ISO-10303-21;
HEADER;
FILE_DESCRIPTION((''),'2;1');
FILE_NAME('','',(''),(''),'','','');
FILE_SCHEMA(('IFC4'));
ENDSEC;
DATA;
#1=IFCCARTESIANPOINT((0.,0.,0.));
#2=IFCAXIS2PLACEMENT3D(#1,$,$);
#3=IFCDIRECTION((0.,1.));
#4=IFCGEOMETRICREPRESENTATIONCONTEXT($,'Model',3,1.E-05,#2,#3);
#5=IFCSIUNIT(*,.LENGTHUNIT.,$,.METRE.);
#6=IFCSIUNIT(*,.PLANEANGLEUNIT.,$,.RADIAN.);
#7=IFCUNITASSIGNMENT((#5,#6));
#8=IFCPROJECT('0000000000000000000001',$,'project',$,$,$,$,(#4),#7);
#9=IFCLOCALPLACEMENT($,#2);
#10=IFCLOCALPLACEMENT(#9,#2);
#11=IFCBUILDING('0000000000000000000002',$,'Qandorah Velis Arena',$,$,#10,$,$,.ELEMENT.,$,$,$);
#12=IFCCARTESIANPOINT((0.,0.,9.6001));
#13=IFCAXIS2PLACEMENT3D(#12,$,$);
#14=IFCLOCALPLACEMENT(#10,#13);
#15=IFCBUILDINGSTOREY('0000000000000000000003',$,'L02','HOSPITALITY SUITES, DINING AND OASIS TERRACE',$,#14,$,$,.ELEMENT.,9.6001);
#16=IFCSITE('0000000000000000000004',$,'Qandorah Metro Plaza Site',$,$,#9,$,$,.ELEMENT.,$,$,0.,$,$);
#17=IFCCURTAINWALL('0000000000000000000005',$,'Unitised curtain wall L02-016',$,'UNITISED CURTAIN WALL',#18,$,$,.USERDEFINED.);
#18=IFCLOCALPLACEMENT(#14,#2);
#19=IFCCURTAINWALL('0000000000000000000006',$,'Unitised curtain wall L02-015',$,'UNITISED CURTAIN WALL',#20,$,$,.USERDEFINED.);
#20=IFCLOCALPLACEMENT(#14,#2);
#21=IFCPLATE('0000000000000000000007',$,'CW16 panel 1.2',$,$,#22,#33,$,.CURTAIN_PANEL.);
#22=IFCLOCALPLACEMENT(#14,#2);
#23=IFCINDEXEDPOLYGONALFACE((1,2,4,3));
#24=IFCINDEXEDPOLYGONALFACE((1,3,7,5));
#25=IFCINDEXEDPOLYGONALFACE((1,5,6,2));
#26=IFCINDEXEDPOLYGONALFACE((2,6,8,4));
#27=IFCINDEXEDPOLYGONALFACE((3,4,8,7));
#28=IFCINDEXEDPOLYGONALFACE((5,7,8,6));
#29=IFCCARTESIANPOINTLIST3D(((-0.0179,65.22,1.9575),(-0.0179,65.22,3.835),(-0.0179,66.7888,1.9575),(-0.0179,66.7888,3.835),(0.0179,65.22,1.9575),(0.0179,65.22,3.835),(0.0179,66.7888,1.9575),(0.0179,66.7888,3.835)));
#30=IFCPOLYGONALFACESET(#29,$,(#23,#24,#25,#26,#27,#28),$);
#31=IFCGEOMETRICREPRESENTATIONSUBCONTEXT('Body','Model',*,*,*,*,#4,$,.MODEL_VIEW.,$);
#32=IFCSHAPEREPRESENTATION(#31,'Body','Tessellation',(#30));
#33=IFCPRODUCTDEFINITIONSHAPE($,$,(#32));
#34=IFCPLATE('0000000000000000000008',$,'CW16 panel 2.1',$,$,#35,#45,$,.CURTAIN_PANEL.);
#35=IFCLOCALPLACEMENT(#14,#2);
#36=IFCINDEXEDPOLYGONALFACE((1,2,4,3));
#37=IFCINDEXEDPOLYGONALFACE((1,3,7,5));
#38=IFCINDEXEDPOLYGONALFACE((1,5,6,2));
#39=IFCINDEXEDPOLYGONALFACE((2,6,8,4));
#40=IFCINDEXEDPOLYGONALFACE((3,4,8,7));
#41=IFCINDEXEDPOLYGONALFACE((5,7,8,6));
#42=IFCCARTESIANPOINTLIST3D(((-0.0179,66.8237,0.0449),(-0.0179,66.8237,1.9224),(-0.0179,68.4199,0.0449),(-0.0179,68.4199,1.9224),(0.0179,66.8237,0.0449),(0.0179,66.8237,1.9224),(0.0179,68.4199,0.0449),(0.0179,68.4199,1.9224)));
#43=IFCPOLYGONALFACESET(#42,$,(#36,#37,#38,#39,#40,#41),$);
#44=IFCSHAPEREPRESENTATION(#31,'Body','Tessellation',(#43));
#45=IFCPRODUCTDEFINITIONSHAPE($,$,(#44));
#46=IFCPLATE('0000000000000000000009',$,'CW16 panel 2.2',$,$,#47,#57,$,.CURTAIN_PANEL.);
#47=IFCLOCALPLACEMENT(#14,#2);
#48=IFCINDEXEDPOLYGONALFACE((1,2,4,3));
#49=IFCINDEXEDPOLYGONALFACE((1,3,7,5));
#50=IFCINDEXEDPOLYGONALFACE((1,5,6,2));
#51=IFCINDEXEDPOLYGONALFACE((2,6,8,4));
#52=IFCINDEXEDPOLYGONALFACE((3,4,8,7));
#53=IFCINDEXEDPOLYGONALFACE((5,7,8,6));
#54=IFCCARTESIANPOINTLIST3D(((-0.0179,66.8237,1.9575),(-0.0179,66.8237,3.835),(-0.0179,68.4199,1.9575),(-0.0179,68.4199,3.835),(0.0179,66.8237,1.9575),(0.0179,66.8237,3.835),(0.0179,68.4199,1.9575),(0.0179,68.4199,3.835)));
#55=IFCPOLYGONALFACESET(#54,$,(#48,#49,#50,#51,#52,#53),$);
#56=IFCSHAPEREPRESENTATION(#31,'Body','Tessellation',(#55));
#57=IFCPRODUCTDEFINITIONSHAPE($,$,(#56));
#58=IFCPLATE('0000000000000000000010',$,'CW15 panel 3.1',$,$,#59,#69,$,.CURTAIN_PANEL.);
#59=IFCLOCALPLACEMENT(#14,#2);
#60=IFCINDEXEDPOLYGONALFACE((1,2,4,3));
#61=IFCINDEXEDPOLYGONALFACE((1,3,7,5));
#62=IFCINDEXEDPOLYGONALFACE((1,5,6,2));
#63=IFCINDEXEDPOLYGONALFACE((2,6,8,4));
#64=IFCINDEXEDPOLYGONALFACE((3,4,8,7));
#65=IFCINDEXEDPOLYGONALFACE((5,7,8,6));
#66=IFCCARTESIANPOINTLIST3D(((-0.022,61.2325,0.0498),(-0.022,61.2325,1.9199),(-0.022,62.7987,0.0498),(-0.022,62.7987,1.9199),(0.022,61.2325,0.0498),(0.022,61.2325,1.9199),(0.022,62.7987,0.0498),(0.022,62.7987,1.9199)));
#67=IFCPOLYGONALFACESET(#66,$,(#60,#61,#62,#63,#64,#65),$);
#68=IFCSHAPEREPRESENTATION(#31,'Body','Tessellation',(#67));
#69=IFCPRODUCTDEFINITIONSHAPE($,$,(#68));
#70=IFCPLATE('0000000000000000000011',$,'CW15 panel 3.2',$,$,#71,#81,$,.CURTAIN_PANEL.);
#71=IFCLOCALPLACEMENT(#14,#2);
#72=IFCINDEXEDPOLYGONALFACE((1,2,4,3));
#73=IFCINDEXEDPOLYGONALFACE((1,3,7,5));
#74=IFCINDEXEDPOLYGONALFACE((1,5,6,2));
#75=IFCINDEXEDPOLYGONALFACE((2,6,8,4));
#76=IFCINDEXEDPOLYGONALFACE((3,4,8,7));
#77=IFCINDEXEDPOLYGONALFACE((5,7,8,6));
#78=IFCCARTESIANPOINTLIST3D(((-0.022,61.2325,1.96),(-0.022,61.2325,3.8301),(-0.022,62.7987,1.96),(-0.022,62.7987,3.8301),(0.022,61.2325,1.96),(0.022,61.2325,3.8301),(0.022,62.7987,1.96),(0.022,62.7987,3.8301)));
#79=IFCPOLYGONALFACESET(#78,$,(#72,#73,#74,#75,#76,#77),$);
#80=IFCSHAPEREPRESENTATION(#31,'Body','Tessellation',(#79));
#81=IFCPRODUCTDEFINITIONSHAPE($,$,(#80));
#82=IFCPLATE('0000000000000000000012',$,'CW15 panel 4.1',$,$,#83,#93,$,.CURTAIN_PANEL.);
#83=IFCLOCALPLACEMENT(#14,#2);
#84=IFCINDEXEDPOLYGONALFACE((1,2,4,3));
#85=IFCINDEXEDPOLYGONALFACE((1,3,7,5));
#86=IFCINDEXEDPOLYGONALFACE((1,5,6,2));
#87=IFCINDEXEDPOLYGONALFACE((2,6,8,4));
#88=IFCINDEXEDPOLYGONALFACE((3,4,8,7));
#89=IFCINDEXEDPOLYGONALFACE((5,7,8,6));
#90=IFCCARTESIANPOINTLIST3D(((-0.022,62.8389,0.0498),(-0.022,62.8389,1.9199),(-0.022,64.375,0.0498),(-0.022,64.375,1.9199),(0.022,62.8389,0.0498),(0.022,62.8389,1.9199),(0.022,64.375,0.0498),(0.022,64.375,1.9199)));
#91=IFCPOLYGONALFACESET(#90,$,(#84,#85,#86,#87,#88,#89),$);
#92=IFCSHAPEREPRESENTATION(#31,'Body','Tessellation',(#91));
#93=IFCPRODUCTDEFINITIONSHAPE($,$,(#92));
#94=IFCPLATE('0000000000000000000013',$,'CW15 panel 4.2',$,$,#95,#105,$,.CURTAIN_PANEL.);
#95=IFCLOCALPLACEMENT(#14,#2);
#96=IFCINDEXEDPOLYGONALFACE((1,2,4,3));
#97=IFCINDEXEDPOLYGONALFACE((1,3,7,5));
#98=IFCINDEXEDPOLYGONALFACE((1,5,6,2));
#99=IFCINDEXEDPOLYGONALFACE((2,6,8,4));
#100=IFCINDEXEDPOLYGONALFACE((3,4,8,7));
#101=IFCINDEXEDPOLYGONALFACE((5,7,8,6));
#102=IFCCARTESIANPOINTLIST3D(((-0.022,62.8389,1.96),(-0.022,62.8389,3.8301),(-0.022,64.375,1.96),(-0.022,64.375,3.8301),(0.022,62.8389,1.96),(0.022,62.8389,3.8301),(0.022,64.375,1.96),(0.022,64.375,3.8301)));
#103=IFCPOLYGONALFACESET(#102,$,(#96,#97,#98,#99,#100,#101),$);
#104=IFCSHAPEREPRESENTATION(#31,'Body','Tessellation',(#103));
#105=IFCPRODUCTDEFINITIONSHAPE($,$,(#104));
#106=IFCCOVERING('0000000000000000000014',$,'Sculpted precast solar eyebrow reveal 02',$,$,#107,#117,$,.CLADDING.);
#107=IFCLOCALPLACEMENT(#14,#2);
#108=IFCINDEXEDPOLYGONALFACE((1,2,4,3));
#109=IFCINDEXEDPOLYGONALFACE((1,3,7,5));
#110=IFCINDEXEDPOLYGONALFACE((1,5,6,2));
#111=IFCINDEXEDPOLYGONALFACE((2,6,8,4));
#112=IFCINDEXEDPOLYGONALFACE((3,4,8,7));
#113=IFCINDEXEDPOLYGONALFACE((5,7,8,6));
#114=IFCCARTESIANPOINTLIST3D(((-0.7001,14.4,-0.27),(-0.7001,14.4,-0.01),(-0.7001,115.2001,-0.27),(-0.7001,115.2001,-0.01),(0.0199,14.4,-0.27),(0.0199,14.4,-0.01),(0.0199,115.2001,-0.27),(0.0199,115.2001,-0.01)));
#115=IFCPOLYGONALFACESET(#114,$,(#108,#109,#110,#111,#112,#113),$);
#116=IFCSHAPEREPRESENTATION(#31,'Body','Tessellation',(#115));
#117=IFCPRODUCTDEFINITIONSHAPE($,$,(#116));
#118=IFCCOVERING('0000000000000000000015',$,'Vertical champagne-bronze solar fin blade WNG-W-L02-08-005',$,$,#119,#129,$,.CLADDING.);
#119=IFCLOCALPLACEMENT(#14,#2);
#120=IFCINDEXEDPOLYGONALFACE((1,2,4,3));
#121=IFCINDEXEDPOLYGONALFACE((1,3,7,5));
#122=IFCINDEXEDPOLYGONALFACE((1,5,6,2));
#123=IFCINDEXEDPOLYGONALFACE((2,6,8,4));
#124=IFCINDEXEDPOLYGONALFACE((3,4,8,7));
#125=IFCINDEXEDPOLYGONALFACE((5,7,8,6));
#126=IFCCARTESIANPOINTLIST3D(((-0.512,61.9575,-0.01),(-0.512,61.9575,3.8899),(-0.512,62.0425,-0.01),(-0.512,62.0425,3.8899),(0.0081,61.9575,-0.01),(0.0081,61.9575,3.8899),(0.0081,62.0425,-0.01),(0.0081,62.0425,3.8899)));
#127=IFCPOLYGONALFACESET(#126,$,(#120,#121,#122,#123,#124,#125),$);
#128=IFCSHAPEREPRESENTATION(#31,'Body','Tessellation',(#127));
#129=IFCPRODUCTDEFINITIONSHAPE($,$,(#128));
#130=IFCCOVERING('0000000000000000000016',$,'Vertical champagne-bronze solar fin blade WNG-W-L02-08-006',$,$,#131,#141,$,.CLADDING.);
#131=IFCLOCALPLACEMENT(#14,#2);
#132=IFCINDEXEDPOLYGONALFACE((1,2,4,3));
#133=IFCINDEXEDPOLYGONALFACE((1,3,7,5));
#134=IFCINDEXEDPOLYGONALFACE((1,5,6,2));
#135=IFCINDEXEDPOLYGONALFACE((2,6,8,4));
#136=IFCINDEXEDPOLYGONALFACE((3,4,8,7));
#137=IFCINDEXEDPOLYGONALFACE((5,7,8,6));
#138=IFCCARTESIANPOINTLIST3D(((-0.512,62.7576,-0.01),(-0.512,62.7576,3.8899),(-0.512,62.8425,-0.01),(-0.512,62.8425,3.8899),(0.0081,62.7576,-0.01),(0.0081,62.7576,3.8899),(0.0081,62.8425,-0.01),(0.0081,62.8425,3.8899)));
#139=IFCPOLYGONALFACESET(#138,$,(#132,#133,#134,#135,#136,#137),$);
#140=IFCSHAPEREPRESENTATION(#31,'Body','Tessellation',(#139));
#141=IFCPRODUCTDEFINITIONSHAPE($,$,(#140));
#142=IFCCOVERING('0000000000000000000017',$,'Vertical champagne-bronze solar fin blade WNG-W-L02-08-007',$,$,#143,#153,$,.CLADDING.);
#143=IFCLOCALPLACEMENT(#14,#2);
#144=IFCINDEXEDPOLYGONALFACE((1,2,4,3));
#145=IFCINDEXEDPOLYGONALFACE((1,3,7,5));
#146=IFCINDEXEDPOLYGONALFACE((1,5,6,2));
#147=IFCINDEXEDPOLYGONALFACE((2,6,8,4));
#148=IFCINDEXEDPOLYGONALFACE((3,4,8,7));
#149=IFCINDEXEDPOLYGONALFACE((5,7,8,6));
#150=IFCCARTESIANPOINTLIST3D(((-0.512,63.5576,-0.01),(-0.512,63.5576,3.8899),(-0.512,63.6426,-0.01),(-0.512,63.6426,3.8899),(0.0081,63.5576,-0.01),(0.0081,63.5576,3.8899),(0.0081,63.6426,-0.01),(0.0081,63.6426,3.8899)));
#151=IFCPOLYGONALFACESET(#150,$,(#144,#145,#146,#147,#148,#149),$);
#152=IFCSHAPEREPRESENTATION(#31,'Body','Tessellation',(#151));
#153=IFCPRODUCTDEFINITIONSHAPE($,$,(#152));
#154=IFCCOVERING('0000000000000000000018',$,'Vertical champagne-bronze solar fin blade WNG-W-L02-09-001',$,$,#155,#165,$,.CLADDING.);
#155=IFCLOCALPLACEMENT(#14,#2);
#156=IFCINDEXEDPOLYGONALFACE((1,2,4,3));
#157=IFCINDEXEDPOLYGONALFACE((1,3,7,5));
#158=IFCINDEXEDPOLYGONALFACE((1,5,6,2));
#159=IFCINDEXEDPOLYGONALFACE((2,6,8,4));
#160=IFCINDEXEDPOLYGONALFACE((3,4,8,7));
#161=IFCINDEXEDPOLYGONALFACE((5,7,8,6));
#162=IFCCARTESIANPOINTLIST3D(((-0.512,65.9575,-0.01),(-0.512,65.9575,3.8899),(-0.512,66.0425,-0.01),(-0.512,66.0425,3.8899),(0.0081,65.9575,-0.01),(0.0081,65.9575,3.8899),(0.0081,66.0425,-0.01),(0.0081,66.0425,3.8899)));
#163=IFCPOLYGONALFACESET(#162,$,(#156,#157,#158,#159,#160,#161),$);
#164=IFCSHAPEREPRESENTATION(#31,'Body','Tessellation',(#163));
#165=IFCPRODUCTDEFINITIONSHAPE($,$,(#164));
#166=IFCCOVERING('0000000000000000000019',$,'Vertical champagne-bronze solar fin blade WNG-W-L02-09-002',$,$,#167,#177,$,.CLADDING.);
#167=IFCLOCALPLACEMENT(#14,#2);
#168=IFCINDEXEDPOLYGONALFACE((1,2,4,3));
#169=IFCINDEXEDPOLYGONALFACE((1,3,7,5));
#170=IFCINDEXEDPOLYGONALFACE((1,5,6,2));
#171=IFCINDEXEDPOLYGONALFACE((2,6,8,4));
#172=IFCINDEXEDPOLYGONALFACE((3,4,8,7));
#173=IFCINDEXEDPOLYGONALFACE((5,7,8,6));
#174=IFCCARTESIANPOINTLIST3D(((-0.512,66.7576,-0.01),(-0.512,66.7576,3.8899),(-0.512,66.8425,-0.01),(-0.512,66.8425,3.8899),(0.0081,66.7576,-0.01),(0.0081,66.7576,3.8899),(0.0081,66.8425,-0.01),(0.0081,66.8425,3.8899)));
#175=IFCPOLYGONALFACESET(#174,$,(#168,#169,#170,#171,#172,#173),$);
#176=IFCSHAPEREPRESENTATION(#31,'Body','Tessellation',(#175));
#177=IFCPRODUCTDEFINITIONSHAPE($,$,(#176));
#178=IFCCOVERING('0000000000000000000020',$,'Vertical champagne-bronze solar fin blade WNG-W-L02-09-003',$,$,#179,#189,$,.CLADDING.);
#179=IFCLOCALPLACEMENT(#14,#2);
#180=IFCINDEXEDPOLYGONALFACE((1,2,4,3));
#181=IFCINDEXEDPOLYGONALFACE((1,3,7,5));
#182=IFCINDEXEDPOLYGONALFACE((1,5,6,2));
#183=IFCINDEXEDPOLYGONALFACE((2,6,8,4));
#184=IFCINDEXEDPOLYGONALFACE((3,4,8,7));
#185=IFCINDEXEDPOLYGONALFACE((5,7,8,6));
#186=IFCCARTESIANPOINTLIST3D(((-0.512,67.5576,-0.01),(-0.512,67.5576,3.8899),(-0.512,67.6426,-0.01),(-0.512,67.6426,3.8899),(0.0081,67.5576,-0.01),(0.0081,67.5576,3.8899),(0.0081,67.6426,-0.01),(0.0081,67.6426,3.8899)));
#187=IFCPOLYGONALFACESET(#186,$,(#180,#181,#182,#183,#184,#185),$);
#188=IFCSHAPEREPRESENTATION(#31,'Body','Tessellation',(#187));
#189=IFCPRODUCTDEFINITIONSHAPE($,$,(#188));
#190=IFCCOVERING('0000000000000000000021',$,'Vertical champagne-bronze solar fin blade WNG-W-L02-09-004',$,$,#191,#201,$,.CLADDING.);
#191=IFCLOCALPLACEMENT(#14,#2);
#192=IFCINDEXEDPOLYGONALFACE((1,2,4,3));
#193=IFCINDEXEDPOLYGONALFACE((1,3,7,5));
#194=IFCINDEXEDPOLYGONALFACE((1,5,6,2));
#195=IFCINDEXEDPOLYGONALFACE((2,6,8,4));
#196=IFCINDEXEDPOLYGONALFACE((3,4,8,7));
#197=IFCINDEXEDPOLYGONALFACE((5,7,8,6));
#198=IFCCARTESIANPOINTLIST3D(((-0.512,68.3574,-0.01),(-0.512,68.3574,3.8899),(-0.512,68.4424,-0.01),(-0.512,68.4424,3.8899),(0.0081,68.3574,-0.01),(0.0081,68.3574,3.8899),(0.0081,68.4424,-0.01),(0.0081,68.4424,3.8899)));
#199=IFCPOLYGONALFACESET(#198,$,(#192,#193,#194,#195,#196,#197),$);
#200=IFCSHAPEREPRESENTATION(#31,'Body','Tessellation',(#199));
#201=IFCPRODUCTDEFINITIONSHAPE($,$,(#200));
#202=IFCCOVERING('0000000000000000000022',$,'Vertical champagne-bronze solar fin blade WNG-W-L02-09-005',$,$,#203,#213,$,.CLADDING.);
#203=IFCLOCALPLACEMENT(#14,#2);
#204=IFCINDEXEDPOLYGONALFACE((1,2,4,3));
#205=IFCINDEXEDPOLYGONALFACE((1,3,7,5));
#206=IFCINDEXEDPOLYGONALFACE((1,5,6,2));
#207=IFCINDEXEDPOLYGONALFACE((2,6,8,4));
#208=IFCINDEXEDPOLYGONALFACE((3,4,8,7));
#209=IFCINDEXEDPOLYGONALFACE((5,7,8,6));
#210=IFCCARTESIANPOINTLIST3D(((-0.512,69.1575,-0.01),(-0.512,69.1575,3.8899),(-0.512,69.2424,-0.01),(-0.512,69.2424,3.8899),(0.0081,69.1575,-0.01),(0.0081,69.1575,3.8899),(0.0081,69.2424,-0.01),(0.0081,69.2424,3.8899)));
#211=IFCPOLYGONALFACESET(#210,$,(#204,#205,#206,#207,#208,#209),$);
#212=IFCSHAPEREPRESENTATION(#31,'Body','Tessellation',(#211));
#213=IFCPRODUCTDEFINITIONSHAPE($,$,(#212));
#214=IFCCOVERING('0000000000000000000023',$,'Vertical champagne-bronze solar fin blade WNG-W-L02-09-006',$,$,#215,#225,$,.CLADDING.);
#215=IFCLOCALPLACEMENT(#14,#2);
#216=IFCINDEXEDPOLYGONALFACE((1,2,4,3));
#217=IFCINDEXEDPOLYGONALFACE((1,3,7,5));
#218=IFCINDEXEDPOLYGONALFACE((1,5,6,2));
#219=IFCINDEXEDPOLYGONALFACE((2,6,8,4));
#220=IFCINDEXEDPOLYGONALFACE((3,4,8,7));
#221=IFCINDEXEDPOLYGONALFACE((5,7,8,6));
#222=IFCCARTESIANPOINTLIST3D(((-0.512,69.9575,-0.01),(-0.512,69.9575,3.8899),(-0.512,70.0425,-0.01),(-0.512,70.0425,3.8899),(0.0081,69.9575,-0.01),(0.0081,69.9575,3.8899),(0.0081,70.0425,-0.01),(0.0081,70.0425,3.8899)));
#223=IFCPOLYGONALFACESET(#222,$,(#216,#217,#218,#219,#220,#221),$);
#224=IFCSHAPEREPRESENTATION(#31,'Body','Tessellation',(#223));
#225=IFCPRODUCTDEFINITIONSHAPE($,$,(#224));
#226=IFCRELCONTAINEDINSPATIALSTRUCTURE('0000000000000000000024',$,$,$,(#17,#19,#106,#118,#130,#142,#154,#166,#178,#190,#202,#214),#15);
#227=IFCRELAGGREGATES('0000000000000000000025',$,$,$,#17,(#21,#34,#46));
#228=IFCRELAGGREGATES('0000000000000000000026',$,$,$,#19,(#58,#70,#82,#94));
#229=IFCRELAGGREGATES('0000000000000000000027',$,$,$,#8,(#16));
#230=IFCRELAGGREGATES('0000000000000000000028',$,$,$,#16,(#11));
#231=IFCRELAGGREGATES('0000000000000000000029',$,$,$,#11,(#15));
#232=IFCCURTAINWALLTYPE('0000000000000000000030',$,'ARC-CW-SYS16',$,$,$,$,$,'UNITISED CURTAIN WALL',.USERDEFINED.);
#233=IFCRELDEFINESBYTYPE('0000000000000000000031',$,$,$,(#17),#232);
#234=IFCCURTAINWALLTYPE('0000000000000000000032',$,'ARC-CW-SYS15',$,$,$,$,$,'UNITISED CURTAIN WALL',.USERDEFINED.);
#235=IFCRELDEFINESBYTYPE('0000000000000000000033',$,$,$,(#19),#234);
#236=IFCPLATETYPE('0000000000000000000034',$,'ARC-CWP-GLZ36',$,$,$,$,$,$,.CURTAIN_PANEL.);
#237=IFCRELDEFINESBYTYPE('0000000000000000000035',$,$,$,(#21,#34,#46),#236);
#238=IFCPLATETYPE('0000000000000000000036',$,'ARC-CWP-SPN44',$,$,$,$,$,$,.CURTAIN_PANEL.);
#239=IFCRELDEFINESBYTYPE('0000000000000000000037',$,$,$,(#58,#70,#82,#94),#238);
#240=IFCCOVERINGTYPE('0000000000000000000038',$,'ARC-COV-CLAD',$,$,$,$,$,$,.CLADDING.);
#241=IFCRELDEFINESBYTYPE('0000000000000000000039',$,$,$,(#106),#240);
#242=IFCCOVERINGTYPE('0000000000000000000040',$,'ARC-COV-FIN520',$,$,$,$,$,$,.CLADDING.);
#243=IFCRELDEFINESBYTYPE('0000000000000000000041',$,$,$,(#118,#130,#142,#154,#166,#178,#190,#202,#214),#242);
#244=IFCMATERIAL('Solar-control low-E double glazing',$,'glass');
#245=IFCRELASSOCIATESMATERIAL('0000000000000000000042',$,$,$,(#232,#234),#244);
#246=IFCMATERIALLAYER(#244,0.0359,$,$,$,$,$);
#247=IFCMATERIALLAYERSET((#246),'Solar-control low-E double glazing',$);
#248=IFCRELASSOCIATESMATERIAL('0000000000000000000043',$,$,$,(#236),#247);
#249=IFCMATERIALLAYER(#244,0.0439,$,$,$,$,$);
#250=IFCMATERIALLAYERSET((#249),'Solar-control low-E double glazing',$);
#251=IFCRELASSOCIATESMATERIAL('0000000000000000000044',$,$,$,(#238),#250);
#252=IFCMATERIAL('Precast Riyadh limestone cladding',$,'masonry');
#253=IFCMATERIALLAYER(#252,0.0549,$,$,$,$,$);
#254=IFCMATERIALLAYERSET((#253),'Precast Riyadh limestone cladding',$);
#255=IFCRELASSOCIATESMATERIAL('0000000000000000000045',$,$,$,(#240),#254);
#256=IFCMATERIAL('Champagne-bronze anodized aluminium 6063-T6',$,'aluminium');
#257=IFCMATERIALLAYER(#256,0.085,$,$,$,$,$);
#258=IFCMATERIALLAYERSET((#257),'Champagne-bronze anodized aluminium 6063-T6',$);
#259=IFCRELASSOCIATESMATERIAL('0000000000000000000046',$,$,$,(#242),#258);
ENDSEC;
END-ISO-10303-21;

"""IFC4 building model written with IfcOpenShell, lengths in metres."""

from ifc_helpers import new_model, si_unit, direction, frame, origin, origin_2d, place, context, subcontext, project, spatial, rectangle, extrude, material, layer, layer_set, type_object, element, aggregate, save


model = new_model("IFC4")

# Units and contexts
model_context = context("Model", 3, precision=1e-05, world=origin(), true_north=direction((0.0, 1.0)))
body_context = subcontext(model_context, "Body", "Model", "MODEL_VIEW")
ifc_project = project(units=[si_unit("LENGTHUNIT", "METRE"), si_unit("PLANEANGLEUNIT", "RADIAN")], contexts=[model_context])

# Site, building, storey
site_placement = place(None, origin())
site = spatial("IfcSite", under=ifc_project, at=site_placement, Name="Qandorah Metro Plaza Site", CompositionType="ELEMENT", RefElevation=0.0)
building_placement = place(site_placement, origin())
building = spatial("IfcBuilding", under=site, at=building_placement, Name="Qandorah Velis Arena", CompositionType="ELEMENT")
storey_placement = place(building_placement, frame((0.0, 0.0, 9.6001)))
storey = spatial("IfcBuildingStorey", under=building, at=storey_placement, Name="L02", Description="HOSPITALITY SUITES, DINING AND OASIS TERRACE", CompositionType="ELEMENT", Elevation=9.6001)

# Curtain walls
ifc_material_1 = material(Name="Solar-control low-E double glazing", Category="glass")
curtain_wall_type_1 = type_object("IfcCurtainWallType", Name="ARC-CW-SYS16", ElementType="UNITISED CURTAIN WALL", PredefinedType="USERDEFINED", material=ifc_material_1)
curtain_wall_1_placement = place(storey_placement, origin())
curtain_wall_1 = element("IfcCurtainWall", 1, at=curtain_wall_1_placement, inside=storey, type_object=curtain_wall_type_1, Name="Unitised curtain wall L02-016", ObjectType="UNITISED CURTAIN WALL", PredefinedType="USERDEFINED")
ifc_material_2 = material(Name="Champagne-bronze anodized aluminium 6063-T6", Category="aluminium")
curtain_wall_type_2 = type_object("IfcCurtainWallType", Name="ARC-CW-SYS15", ElementType="UNITISED CURTAIN WALL", PredefinedType="USERDEFINED", material=ifc_material_1)
curtain_wall_2_placement = place(storey_placement, origin())
curtain_wall_2 = element("IfcCurtainWall", 2, at=curtain_wall_2_placement, inside=storey, type_object=curtain_wall_type_2, Name="Unitised curtain wall L02-015", ObjectType="UNITISED CURTAIN WALL", PredefinedType="USERDEFINED")

# Plates
ifc_layer_1 = layer(ifc_material_1, 0.0359)
ifc_layer_set_1 = layer_set([ifc_layer_1], Name="Solar-control low-E double glazing")
plate_type_1 = type_object("IfcPlateType", Name="ARC-CWP-GLZ36", PredefinedType="CURTAIN_PANEL", material=ifc_layer_set_1)
plate_1_placement = place(storey_placement, frame((0.0, 66.0044, 1.9575), z_axis=(0.0, 0.0, 1.0), x_axis=(0.0, 1.0, 0.0)))
plate_1 = element("IfcPlate", 3, at=plate_1_placement, type_object=plate_type_1, Name="CW16 panel 1.2", PredefinedType="CURTAIN_PANEL", context=body_context, shape_type="SweptSolid", body=[
    extrude(rectangle(XDim=1.5688, YDim=0.0359, at=origin_2d()), origin(), (0.0, 0.0, 1.0), 1.8774),
])
plate_2_placement = place(storey_placement, frame((0.0, 67.6218, 0.0449), z_axis=(0.0, 0.0, 1.0), x_axis=(0.0, 1.0, 0.0)))
plate_2 = element("IfcPlate", 4, at=plate_2_placement, type_object=plate_type_1, Name="CW16 panel 2.1", PredefinedType="CURTAIN_PANEL", context=body_context, shape_type="SweptSolid", body=[
    extrude(rectangle(XDim=1.5962, YDim=0.0359, at=origin_2d()), origin(), (0.0, 0.0, 1.0), 1.8774),
])
plate_3_placement = place(storey_placement, frame((0.0, 67.6218, 1.9575), z_axis=(0.0, 0.0, 1.0), x_axis=(0.0, 1.0, 0.0)))
plate_3 = element("IfcPlate", 5, at=plate_3_placement, type_object=plate_type_1, Name="CW16 panel 2.2", PredefinedType="CURTAIN_PANEL", context=body_context, shape_type="SweptSolid", body=[
    extrude(rectangle(XDim=1.5962, YDim=0.0359, at=origin_2d()), origin(), (0.0, 0.0, 1.0), 1.8774),
])
aggregate(curtain_wall_1, [plate_1, plate_2, plate_3])
ifc_layer_2 = layer(ifc_material_1, 0.0439)
ifc_layer_set_2 = layer_set([ifc_layer_2], Name="Solar-control low-E double glazing")
plate_type_2 = type_object("IfcPlateType", Name="ARC-CWP-SPN44", PredefinedType="CURTAIN_PANEL", material=ifc_layer_set_2)
plate_4_placement = place(storey_placement, frame((0.0, 62.0156, 0.0498), z_axis=(0.0, 0.0, 1.0), x_axis=(0.0, 1.0, 0.0)))
plate_4 = element("IfcPlate", 6, at=plate_4_placement, type_object=plate_type_2, Name="CW15 panel 3.1", PredefinedType="CURTAIN_PANEL", context=body_context, shape_type="SweptSolid", body=[
    extrude(rectangle(XDim=1.5662, YDim=0.0439, at=origin_2d()), origin(), (0.0, 0.0, 1.0), 1.8701),
])
plate_5_placement = place(storey_placement, frame((0.0, 62.0156, 1.96), z_axis=(0.0, 0.0, 1.0), x_axis=(0.0, 1.0, 0.0)))
plate_5 = element("IfcPlate", 7, at=plate_5_placement, type_object=plate_type_2, Name="CW15 panel 3.2", PredefinedType="CURTAIN_PANEL", context=body_context, shape_type="SweptSolid", body=[
    extrude(rectangle(XDim=1.5662, YDim=0.0439, at=origin_2d()), origin(), (0.0, 0.0, 1.0), 1.8701),
])
plate_6_placement = place(storey_placement, frame((0.0, 63.6069, 0.0498), z_axis=(0.0, 0.0, 1.0), x_axis=(0.0, 1.0, 0.0)))
plate_6 = element("IfcPlate", 8, at=plate_6_placement, type_object=plate_type_2, Name="CW15 panel 4.1", PredefinedType="CURTAIN_PANEL", context=body_context, shape_type="SweptSolid", body=[
    extrude(rectangle(XDim=1.5361, YDim=0.0439, at=origin_2d()), origin(), (0.0, 0.0, 1.0), 1.8701),
])
plate_7_placement = place(storey_placement, frame((0.0, 63.6069, 1.96), z_axis=(0.0, 0.0, 1.0), x_axis=(0.0, 1.0, 0.0)))
plate_7 = element("IfcPlate", 9, at=plate_7_placement, type_object=plate_type_2, Name="CW15 panel 4.2", PredefinedType="CURTAIN_PANEL", context=body_context, shape_type="SweptSolid", body=[
    extrude(rectangle(XDim=1.5361, YDim=0.0439, at=origin_2d()), origin(), (0.0, 0.0, 1.0), 1.8701),
])
aggregate(curtain_wall_2, [plate_4, plate_5, plate_6, plate_7])

# Coverings
ifc_material_3 = material(Name="Precast Riyadh limestone cladding", Category="masonry")
ifc_layer_3 = layer(ifc_material_3, 0.0549)
ifc_layer_set_3 = layer_set([ifc_layer_3], Name="Precast Riyadh limestone cladding")
covering_type_1 = type_object("IfcCoveringType", Name="ARC-COV-CLAD", PredefinedType="CLADDING", material=ifc_layer_set_3)
covering_placement = place(storey_placement, frame((-0.3401, 64.8, -0.27), z_axis=(0.0, 0.0, 1.0), x_axis=(1.0, 0.0, 0.0)))
element("IfcCovering", 10, at=covering_placement, inside=storey, type_object=covering_type_1, Name="Sculpted precast solar eyebrow reveal 02", PredefinedType="CLADDING", context=body_context, shape_type="SweptSolid", body=[
    extrude(rectangle(XDim=0.72, YDim=100.8, at=origin_2d()), origin(), (0.0, 0.0, 1.0), 0.26),
])
ifc_layer_4 = layer(ifc_material_2, 0.085)
ifc_layer_set_4 = layer_set([ifc_layer_4], Name="Champagne-bronze anodized aluminium 6063-T6")
covering_type_2 = type_object("IfcCoveringType", Name="ARC-COV-FIN520", PredefinedType="CLADDING", material=ifc_layer_set_4)
for number, where, z_axis, x_axis, name in (
    (11, (-0.252, 62.0, -0.01), (0.0, 0.0, 1.0), (1.0, 0.0, 0.0), "Vertical champagne-bronze solar fin blade WNG-W-L02-08-005"),
    (12, (-0.252, 62.8, -0.01), (0.0, 0.0, 1.0), (1.0, 0.0, 0.0), "Vertical champagne-bronze solar fin blade WNG-W-L02-08-006"),
    (13, (-0.252, 63.6001, -0.01), (0.0, 0.0, 1.0), (1.0, 0.0, 0.0), "Vertical champagne-bronze solar fin blade WNG-W-L02-08-007"),
    (14, (-0.252, 66.0, -0.01), (0.0, 0.0, 1.0), (1.0, 0.0, 0.0), "Vertical champagne-bronze solar fin blade WNG-W-L02-09-001"),
    (15, (-0.252, 66.8, -0.01), (0.0, 0.0, 1.0), (1.0, 0.0, 0.0), "Vertical champagne-bronze solar fin blade WNG-W-L02-09-002"),
    (16, (-0.252, 67.6001, -0.01), (0.0, 0.0, 1.0), (1.0, 0.0, 0.0), "Vertical champagne-bronze solar fin blade WNG-W-L02-09-003"),
    (17, (-0.252, 68.3999, -0.01), (0.0, 0.0, 1.0), (1.0, 0.0, 0.0), "Vertical champagne-bronze solar fin blade WNG-W-L02-09-004"),
    (18, (-0.252, 69.2, -0.01), (0.0, 0.0, 1.0), (1.0, 0.0, 0.0), "Vertical champagne-bronze solar fin blade WNG-W-L02-09-005"),
    (19, (-0.252, 70.0, -0.01), (0.0, 0.0, 1.0), (1.0, 0.0, 0.0), "Vertical champagne-bronze solar fin blade WNG-W-L02-09-006"),
):
    element("IfcCovering", number, at=place(storey_placement, frame(where, z_axis=z_axis, x_axis=x_axis)), inside=storey, type_object=covering_type_2, Name=name, PredefinedType="CLADDING", context=body_context, shape_type="SweptSolid", body=[
        extrude(rectangle(XDim=0.52, YDim=0.085, at=origin_2d()), origin(), (0.0, 0.0, 1.0), 3.8999),
    ])

save(model, "model.ifc")
